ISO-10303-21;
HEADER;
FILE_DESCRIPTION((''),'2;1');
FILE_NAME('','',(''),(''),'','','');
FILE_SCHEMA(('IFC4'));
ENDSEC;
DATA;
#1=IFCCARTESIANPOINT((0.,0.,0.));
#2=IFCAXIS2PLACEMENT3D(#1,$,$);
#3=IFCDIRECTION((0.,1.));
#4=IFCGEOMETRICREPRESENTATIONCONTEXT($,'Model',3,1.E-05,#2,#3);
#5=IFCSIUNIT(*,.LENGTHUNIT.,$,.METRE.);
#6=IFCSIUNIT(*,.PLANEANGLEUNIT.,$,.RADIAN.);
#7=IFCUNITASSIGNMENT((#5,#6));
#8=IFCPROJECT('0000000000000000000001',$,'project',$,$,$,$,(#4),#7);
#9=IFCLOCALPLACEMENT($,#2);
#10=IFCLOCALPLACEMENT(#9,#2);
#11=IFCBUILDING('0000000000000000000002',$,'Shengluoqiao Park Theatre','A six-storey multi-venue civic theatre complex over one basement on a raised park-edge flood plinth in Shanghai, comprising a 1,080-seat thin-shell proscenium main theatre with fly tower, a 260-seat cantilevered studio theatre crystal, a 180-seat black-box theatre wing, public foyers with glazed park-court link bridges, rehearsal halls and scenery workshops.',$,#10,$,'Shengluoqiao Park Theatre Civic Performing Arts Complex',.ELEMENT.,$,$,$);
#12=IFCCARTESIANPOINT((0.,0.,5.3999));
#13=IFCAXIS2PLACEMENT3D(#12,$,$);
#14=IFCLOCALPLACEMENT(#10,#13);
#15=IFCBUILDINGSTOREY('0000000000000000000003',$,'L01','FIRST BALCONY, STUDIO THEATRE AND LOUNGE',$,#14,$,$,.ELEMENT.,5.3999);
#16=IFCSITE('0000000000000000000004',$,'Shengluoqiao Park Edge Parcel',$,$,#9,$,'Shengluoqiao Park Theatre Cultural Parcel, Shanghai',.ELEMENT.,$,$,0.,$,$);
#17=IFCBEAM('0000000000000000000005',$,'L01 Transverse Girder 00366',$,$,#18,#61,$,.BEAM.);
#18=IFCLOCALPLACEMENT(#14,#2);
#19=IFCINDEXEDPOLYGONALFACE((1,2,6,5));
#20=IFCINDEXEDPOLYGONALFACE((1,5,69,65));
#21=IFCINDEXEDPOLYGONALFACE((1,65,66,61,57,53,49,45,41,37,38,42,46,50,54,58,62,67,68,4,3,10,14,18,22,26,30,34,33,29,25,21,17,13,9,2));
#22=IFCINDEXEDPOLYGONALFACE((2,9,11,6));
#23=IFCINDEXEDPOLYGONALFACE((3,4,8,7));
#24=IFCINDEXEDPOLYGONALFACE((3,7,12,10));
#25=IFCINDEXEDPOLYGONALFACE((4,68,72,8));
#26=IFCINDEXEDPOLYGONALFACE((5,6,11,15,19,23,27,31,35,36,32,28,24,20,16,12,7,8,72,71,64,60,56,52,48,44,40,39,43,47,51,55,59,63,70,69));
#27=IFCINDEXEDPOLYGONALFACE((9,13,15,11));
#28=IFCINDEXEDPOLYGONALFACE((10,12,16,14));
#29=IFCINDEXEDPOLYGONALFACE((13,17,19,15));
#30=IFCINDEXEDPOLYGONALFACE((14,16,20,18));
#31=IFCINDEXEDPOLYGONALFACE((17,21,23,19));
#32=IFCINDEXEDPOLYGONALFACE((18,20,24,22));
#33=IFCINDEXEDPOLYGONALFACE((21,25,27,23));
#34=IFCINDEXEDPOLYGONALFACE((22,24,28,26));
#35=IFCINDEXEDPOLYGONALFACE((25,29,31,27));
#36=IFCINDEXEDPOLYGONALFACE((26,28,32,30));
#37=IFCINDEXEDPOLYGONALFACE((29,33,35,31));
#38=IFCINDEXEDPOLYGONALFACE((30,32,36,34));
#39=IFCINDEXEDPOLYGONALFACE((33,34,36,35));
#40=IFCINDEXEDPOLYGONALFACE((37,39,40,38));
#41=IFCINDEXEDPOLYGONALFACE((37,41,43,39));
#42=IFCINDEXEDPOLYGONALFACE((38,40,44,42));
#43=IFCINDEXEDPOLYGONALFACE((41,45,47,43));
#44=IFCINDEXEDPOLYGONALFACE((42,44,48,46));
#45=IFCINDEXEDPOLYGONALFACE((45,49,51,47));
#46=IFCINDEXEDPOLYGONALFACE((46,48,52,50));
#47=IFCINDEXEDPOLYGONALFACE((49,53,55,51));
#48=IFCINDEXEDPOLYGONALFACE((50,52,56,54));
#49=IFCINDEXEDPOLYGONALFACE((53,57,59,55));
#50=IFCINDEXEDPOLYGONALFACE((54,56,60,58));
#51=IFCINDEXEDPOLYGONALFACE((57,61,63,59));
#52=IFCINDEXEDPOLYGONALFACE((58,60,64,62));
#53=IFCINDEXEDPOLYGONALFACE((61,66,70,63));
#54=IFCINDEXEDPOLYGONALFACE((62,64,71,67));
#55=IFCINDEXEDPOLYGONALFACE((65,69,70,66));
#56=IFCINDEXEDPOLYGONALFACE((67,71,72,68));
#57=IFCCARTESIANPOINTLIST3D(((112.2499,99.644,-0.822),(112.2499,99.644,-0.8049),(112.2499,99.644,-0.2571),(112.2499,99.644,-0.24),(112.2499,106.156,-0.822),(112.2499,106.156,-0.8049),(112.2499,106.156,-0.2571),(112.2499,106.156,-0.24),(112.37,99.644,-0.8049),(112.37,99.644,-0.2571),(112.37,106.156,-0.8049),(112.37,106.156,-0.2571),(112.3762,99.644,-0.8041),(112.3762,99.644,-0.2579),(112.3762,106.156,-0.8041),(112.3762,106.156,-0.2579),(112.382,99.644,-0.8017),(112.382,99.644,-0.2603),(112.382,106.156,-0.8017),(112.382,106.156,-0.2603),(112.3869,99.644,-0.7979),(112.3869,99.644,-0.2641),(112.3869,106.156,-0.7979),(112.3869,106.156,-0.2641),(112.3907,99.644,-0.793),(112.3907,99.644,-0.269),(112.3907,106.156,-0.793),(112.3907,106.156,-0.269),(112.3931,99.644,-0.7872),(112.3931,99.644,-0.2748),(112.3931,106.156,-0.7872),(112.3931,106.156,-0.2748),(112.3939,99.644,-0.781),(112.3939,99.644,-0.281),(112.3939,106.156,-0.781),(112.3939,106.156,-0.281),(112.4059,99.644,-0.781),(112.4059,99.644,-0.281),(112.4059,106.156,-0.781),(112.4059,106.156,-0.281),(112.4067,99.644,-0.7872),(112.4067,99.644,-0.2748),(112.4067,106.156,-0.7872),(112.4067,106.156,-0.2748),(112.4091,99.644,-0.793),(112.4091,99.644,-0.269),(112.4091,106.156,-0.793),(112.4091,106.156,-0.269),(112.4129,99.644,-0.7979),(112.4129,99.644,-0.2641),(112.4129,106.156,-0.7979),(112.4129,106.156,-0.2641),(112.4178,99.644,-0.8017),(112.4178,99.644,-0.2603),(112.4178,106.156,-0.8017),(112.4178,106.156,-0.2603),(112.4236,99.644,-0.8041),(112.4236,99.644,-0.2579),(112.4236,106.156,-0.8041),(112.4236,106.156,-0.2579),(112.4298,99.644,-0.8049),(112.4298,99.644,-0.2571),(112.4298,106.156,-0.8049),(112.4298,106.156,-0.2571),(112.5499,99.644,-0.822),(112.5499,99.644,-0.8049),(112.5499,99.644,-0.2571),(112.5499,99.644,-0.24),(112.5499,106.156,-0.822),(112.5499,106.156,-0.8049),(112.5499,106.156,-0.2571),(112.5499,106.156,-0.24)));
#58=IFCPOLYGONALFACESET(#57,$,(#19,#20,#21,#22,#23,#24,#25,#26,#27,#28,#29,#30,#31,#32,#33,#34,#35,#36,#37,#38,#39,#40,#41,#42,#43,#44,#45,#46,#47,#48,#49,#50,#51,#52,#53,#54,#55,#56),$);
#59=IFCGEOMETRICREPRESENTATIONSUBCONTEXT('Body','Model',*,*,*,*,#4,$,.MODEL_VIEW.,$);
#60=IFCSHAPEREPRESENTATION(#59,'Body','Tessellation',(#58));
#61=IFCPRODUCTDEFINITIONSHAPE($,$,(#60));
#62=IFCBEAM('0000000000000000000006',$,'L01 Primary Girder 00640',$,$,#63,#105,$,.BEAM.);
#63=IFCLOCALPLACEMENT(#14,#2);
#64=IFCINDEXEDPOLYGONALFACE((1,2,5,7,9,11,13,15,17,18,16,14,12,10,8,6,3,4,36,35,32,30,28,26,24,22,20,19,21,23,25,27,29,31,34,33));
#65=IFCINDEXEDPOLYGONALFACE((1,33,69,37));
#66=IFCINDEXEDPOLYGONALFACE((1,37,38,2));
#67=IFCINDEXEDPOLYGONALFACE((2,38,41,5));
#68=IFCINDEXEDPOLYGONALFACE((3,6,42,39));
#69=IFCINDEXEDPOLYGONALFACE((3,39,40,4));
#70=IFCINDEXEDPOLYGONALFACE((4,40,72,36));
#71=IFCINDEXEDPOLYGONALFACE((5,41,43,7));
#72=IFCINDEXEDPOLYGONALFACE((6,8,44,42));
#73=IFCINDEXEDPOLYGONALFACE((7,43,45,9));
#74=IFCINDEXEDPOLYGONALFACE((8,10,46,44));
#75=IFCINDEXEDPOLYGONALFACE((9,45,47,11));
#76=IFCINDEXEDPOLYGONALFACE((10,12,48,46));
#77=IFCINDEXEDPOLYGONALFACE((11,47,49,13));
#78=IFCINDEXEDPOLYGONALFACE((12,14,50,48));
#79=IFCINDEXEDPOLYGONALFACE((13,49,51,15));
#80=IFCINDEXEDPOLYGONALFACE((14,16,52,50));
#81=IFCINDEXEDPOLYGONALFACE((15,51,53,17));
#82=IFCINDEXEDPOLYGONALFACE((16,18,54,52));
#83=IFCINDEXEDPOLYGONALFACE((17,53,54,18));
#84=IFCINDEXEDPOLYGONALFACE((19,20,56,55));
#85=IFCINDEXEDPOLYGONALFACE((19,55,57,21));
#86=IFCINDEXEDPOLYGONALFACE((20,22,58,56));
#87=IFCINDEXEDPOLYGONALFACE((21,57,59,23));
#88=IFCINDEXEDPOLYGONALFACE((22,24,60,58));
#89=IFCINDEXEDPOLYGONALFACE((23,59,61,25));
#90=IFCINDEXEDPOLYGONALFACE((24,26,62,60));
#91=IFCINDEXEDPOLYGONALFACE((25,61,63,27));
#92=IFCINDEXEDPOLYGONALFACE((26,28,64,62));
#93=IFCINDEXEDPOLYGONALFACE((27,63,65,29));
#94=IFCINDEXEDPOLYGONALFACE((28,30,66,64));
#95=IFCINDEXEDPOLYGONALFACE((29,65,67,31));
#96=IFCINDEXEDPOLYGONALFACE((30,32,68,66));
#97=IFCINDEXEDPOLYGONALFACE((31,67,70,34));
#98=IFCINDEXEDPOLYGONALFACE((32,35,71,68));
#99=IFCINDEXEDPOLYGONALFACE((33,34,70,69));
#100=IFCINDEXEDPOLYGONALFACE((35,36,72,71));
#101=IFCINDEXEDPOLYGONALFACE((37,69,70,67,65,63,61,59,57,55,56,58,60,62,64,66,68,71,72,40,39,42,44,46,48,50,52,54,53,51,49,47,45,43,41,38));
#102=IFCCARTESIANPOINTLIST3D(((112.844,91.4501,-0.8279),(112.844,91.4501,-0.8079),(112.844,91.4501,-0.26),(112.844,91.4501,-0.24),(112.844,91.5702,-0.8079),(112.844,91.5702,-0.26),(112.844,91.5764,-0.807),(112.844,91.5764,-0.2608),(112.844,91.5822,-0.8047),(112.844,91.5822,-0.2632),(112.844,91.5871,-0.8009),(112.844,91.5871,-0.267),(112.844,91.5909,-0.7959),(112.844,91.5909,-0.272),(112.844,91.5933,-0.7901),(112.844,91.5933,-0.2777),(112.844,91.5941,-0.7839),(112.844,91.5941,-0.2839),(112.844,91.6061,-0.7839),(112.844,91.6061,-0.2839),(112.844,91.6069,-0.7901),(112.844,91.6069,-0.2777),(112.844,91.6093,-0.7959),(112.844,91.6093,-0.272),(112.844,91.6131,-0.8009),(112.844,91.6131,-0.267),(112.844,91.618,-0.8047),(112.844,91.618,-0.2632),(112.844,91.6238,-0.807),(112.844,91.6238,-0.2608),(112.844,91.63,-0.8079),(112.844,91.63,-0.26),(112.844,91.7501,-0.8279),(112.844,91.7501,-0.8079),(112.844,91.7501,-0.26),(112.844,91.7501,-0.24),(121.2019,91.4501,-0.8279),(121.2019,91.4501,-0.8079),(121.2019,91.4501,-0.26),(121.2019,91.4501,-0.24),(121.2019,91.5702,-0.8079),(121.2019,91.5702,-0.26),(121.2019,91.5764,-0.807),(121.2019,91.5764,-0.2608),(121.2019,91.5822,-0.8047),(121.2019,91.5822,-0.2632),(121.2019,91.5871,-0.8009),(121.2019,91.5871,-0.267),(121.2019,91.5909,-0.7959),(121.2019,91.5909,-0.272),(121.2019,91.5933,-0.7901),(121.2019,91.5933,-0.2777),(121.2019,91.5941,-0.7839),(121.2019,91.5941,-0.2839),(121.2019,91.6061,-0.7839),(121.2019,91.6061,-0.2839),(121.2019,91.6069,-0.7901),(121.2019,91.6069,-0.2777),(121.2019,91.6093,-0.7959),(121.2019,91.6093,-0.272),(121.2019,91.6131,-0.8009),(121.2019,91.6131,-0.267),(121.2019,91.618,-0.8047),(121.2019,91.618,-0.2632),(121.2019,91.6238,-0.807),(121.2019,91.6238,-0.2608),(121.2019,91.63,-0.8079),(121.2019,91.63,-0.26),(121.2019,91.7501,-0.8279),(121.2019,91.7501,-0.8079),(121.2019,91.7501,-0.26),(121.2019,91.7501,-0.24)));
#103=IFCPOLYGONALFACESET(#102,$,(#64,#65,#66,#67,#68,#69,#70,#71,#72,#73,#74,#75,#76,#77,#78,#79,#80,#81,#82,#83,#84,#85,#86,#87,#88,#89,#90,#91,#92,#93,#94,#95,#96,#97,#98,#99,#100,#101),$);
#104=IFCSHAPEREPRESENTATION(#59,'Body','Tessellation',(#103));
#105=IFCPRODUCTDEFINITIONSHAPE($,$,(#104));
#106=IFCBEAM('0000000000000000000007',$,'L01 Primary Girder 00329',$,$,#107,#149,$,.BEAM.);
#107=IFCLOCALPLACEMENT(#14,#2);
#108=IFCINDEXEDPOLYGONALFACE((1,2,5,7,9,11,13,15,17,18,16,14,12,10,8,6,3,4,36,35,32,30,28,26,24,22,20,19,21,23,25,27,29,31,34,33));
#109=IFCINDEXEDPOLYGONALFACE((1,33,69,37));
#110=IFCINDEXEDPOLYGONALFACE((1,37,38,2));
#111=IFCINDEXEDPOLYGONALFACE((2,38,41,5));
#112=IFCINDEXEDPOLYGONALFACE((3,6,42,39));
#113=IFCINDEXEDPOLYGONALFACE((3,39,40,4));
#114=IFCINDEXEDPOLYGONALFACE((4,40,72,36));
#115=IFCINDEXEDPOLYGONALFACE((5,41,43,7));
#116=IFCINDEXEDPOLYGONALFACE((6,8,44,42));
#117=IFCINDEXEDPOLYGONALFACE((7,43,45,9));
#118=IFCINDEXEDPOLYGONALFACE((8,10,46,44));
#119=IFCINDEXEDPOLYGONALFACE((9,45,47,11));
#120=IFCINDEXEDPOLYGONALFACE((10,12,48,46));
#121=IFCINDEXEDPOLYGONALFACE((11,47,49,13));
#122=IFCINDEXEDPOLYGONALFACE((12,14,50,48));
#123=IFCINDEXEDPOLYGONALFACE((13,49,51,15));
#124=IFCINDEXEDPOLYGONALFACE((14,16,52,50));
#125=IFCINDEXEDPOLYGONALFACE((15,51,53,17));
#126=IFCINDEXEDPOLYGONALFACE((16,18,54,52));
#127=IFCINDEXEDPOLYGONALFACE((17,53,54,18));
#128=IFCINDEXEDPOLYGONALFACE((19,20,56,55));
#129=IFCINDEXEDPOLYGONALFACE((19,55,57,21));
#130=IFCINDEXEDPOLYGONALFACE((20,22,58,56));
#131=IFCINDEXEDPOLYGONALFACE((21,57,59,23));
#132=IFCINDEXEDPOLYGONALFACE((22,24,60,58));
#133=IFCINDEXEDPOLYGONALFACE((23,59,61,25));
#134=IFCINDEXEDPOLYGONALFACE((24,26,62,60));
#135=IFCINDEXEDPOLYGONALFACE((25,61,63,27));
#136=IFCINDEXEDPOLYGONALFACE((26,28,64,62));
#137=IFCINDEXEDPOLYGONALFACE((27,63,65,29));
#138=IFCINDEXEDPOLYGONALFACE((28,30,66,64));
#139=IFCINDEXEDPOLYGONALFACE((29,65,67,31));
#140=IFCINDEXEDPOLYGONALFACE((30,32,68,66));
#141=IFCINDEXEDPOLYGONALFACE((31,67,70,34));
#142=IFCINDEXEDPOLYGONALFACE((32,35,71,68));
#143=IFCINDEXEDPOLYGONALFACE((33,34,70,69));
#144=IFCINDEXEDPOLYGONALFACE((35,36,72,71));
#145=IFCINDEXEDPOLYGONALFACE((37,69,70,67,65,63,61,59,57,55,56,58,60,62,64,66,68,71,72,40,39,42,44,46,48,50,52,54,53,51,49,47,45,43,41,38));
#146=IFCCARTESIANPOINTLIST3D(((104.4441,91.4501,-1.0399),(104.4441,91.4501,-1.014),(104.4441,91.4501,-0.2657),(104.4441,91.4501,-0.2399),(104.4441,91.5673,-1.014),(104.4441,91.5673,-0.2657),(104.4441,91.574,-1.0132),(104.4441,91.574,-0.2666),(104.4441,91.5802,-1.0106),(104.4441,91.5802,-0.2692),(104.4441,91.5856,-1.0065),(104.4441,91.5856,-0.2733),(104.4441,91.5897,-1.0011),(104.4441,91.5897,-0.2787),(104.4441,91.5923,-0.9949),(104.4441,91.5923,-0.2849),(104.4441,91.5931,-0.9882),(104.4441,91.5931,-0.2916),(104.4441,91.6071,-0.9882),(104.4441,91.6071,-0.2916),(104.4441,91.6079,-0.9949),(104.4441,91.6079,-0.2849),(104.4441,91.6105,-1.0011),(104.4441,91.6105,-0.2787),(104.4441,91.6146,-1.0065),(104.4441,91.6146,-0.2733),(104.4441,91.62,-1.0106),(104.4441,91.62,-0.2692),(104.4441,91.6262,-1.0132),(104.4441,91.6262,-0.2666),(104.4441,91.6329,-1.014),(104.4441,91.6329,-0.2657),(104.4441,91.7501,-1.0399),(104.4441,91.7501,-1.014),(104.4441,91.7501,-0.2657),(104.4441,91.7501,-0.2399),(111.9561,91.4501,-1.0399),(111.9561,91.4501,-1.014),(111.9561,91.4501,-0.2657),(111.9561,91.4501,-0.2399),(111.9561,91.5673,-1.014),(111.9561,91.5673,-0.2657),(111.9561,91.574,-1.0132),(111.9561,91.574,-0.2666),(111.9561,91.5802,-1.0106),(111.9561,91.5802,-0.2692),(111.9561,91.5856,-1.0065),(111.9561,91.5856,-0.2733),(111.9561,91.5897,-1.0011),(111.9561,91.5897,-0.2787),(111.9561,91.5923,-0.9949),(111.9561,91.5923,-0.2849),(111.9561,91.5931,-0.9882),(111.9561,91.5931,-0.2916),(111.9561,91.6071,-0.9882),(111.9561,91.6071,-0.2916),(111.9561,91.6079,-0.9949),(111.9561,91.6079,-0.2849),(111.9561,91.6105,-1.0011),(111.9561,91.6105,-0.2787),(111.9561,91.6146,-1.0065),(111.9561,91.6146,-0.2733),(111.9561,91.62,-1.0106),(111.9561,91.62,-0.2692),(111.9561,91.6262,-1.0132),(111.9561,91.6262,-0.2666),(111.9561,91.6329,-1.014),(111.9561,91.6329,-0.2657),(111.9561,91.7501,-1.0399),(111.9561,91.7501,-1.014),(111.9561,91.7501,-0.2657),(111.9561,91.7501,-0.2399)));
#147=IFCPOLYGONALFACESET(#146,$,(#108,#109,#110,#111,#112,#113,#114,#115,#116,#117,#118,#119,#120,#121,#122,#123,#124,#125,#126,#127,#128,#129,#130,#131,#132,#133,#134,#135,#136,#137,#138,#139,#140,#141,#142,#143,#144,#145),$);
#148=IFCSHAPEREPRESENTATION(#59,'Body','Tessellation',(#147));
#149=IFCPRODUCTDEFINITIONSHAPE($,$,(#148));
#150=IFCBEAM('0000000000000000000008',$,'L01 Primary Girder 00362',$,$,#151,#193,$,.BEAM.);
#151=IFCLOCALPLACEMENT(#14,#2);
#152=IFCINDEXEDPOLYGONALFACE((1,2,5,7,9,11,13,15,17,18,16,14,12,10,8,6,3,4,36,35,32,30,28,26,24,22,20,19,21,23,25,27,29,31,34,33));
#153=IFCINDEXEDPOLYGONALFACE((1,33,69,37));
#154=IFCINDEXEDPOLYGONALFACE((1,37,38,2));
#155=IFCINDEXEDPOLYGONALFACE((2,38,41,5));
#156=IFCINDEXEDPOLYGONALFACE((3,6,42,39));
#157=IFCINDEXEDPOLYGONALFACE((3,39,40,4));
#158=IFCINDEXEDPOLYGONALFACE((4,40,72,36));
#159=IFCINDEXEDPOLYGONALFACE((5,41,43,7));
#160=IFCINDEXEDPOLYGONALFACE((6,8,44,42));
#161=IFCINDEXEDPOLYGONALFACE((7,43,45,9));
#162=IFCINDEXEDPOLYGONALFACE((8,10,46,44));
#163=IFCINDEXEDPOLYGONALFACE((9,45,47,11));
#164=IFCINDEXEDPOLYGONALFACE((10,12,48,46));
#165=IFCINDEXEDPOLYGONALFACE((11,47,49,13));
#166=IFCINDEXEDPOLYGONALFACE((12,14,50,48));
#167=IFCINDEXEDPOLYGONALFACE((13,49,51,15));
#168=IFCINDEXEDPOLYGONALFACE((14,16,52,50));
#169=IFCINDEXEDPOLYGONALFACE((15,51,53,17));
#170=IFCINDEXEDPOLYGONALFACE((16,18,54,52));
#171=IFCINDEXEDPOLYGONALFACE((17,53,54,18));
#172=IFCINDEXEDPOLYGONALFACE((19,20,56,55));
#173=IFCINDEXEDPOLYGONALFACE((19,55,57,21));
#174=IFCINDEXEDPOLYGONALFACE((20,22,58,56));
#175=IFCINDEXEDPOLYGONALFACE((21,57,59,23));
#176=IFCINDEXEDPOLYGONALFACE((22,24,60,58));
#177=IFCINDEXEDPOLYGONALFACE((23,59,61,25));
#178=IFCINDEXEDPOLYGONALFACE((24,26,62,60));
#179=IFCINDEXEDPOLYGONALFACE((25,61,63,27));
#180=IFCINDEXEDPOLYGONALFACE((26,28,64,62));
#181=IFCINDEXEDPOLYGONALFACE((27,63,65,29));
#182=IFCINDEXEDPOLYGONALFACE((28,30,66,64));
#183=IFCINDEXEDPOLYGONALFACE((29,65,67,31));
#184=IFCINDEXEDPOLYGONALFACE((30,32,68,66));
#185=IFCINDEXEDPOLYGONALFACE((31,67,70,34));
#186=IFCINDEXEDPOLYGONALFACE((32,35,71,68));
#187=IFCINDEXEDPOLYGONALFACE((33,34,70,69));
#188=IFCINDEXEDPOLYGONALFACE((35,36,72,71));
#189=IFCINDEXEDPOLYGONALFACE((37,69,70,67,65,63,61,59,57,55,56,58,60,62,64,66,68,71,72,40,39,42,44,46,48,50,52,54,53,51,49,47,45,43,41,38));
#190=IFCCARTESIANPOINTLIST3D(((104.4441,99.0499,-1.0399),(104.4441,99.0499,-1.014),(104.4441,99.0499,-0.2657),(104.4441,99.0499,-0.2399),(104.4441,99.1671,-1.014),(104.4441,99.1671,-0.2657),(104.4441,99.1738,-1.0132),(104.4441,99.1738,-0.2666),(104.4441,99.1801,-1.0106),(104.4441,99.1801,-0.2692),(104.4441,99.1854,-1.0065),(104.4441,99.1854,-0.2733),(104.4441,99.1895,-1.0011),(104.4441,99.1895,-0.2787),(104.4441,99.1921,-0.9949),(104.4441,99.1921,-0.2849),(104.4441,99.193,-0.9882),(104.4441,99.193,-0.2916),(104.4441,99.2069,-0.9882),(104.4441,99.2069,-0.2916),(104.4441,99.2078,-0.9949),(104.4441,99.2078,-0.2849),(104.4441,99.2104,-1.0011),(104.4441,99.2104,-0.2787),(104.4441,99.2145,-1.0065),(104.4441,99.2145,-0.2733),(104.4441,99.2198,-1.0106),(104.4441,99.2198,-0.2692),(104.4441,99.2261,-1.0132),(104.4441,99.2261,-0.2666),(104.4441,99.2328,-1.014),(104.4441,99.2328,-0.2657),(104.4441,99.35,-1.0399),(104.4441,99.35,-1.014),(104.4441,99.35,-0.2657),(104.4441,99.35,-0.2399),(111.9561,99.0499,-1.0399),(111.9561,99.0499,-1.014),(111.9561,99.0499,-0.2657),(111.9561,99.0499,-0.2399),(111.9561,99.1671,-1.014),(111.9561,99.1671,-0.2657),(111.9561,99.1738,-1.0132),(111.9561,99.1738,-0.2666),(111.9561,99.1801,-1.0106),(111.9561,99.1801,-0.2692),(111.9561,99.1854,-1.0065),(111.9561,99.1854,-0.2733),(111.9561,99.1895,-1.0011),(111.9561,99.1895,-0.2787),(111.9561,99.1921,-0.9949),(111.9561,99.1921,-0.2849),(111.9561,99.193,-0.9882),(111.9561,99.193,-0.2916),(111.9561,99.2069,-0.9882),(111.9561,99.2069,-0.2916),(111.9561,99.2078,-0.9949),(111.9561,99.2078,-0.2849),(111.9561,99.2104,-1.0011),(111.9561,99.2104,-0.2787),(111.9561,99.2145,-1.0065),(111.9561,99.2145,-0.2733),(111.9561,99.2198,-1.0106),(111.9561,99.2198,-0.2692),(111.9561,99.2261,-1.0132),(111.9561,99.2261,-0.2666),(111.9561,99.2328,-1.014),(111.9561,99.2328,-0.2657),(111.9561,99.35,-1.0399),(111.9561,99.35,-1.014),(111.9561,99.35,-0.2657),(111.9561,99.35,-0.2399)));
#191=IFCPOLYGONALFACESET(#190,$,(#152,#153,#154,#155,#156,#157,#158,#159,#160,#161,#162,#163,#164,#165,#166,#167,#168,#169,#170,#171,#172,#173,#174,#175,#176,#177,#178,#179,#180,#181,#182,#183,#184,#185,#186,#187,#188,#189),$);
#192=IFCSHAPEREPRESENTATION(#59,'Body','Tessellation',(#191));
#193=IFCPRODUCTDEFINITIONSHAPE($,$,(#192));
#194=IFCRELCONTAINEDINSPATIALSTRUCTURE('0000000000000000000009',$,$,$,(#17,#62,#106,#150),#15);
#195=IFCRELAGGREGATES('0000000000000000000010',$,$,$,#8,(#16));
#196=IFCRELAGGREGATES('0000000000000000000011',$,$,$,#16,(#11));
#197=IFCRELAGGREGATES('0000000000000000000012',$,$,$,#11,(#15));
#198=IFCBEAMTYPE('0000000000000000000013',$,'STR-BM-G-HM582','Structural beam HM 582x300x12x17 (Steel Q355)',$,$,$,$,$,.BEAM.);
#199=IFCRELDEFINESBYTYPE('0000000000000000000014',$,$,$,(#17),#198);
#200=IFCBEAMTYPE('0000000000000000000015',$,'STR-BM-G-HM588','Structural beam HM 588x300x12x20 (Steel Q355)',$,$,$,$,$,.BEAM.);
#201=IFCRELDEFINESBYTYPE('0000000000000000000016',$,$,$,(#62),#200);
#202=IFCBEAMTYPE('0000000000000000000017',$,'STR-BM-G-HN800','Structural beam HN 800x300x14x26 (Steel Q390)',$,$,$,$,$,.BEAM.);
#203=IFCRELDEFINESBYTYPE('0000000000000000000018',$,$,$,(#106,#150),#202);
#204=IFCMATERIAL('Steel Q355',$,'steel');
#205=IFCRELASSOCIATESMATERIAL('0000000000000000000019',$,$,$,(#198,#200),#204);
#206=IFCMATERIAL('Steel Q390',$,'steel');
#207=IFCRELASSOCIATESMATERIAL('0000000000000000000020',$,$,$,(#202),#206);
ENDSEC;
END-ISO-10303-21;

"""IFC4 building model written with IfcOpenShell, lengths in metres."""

from ifc_helpers import new_model, si_unit, direction, frame, origin, origin_2d, place, context, subcontext, project, spatial, i_section, extrude, material, material_profile, profile_set, type_object, element, save


model = new_model("IFC4")

# Units and contexts
model_context = context("Model", 3, precision=1e-05, world=origin(), true_north=direction((0.0, 1.0)))
body_context = subcontext(model_context, "Body", "Model", "MODEL_VIEW")
ifc_project = project(units=[si_unit("LENGTHUNIT", "METRE"), si_unit("PLANEANGLEUNIT", "RADIAN")], contexts=[model_context])

# Site, building, storey
site_placement = place(None, origin())
site = spatial("IfcSite", under=ifc_project, at=site_placement, Name="Shengluoqiao Park Edge Parcel", LongName="Shengluoqiao Park Theatre Cultural Parcel, Shanghai", CompositionType="ELEMENT", RefElevation=0.0)
building_placement = place(site_placement, origin())
building = spatial("IfcBuilding", under=site, at=building_placement, Name="Shengluoqiao Park Theatre", Description="A six-storey multi-venue civic theatre complex over one basement on a raised park-edge flood plinth in Shanghai, comprising a 1,080-seat thin-shell proscenium main theatre with fly tower, a 260-seat cantilevered studio theatre crystal, a 180-seat black-box theatre wing, public foyers with glazed park-court link bridges, rehearsal halls and scenery workshops.", LongName="Shengluoqiao Park Theatre Civic Performing Arts Complex", CompositionType="ELEMENT")
storey_placement = place(building_placement, frame((0.0, 0.0, 5.3999)))
storey = spatial("IfcBuildingStorey", under=building, at=storey_placement, Name="L01", Description="FIRST BALCONY, STUDIO THEATRE AND LOUNGE", CompositionType="ELEMENT", Elevation=5.3999)

# Beams
ifc_material_1 = material(Name="Steel Q355", Category="steel")
ifc_material_profile_1 = material_profile(ifc_material_1, i_section(OverallWidth=0.3, OverallDepth=0.582, WebThickness=0.012, FlangeThickness=0.0171, FilletRadius=0.0239, at=origin_2d()), Name="HM 582x300x12x17")
ifc_profile_set_1 = profile_set([ifc_material_profile_1], Name="Steel Q355")
beam_type_1 = type_object("IfcBeamType", Name="STR-BM-G-HM582", Description="Structural beam HM 582x300x12x17 (Steel Q355)", PredefinedType="BEAM", material=ifc_profile_set_1)
beam_1_placement = place(storey_placement, frame((112.3999, 99.644, -0.531), z_axis=(0.0, 1.0, 0.0), x_axis=(-1.0, 0.0, 0.0)))
element("IfcBeam", 1, at=beam_1_placement, inside=storey, type_object=beam_type_1, Name="L01 Transverse Girder 00366", PredefinedType="BEAM", context=body_context, shape_type="SweptSolid", body=[
    extrude(i_section(OverallWidth=0.3, OverallDepth=0.582, WebThickness=0.012, FlangeThickness=0.0171, FilletRadius=0.0239, at=origin_2d()), origin(), (0.0, 0.0, 1.0), 6.512),
])
ifc_material_profile_2 = material_profile(ifc_material_1, i_section(OverallWidth=0.3, OverallDepth=0.5879, WebThickness=0.012, FlangeThickness=0.02, FilletRadius=0.0239, at=origin_2d()), Name="HM 588x300x12x20")
ifc_profile_set_2 = profile_set([ifc_material_profile_2], Name="Steel Q355")
beam_type_2 = type_object("IfcBeamType", Name="STR-BM-G-HM588", Description="Structural beam HM 588x300x12x20 (Steel Q355)", PredefinedType="BEAM", material=ifc_profile_set_2)
beam_2_placement = place(storey_placement, frame((112.844, 91.6001, -0.5339), z_axis=(1.0, 0.0, 0.0), x_axis=(0.0, 1.0, 0.0)))
element("IfcBeam", 2, at=beam_2_placement, inside=storey, type_object=beam_type_2, Name="L01 Primary Girder 00640", PredefinedType="BEAM", context=body_context, shape_type="SweptSolid", body=[
    extrude(i_section(OverallWidth=0.3, OverallDepth=0.5879, WebThickness=0.012, FlangeThickness=0.02, FilletRadius=0.0239, at=origin_2d()), origin(), (0.0, 0.0, 1.0), 8.3579),
])
ifc_material_2 = material(Name="Steel Q390", Category="steel")
ifc_material_profile_3 = material_profile(ifc_material_2, i_section(OverallWidth=0.3, OverallDepth=0.8, WebThickness=0.0139, FlangeThickness=0.0259, FilletRadius=0.0259, at=origin_2d()), Name="HN 800x300x14x26")
ifc_profile_set_3 = profile_set([ifc_material_profile_3], Name="Steel Q390")
beam_type_3 = type_object("IfcBeamType", Name="STR-BM-G-HN800", Description="Structural beam HN 800x300x14x26 (Steel Q390)", PredefinedType="BEAM", material=ifc_profile_set_3)
for number, where, z_axis, x_axis, name in (
    (3, (104.4441, 91.6001, -0.6399), (1.0, 0.0, 0.0), (0.0, 1.0, 0.0), "L01 Primary Girder 00329"),
    (4, (104.4441, 99.2, -0.6399), (1.0, 0.0, 0.0), (0.0, 1.0, 0.0), "L01 Primary Girder 00362"),
):
    element("IfcBeam", number, at=place(storey_placement, frame(where, z_axis=z_axis, x_axis=x_axis)), inside=storey, type_object=beam_type_3, Name=name, PredefinedType="BEAM", context=body_context, shape_type="SweptSolid", body=[
        extrude(i_section(OverallWidth=0.3, OverallDepth=0.8, WebThickness=0.0139, FlangeThickness=0.0259, FilletRadius=0.0259, at=origin_2d()), origin(), (0.0, 0.0, 1.0), 7.512),
    ])

save(model, "model.ifc")
